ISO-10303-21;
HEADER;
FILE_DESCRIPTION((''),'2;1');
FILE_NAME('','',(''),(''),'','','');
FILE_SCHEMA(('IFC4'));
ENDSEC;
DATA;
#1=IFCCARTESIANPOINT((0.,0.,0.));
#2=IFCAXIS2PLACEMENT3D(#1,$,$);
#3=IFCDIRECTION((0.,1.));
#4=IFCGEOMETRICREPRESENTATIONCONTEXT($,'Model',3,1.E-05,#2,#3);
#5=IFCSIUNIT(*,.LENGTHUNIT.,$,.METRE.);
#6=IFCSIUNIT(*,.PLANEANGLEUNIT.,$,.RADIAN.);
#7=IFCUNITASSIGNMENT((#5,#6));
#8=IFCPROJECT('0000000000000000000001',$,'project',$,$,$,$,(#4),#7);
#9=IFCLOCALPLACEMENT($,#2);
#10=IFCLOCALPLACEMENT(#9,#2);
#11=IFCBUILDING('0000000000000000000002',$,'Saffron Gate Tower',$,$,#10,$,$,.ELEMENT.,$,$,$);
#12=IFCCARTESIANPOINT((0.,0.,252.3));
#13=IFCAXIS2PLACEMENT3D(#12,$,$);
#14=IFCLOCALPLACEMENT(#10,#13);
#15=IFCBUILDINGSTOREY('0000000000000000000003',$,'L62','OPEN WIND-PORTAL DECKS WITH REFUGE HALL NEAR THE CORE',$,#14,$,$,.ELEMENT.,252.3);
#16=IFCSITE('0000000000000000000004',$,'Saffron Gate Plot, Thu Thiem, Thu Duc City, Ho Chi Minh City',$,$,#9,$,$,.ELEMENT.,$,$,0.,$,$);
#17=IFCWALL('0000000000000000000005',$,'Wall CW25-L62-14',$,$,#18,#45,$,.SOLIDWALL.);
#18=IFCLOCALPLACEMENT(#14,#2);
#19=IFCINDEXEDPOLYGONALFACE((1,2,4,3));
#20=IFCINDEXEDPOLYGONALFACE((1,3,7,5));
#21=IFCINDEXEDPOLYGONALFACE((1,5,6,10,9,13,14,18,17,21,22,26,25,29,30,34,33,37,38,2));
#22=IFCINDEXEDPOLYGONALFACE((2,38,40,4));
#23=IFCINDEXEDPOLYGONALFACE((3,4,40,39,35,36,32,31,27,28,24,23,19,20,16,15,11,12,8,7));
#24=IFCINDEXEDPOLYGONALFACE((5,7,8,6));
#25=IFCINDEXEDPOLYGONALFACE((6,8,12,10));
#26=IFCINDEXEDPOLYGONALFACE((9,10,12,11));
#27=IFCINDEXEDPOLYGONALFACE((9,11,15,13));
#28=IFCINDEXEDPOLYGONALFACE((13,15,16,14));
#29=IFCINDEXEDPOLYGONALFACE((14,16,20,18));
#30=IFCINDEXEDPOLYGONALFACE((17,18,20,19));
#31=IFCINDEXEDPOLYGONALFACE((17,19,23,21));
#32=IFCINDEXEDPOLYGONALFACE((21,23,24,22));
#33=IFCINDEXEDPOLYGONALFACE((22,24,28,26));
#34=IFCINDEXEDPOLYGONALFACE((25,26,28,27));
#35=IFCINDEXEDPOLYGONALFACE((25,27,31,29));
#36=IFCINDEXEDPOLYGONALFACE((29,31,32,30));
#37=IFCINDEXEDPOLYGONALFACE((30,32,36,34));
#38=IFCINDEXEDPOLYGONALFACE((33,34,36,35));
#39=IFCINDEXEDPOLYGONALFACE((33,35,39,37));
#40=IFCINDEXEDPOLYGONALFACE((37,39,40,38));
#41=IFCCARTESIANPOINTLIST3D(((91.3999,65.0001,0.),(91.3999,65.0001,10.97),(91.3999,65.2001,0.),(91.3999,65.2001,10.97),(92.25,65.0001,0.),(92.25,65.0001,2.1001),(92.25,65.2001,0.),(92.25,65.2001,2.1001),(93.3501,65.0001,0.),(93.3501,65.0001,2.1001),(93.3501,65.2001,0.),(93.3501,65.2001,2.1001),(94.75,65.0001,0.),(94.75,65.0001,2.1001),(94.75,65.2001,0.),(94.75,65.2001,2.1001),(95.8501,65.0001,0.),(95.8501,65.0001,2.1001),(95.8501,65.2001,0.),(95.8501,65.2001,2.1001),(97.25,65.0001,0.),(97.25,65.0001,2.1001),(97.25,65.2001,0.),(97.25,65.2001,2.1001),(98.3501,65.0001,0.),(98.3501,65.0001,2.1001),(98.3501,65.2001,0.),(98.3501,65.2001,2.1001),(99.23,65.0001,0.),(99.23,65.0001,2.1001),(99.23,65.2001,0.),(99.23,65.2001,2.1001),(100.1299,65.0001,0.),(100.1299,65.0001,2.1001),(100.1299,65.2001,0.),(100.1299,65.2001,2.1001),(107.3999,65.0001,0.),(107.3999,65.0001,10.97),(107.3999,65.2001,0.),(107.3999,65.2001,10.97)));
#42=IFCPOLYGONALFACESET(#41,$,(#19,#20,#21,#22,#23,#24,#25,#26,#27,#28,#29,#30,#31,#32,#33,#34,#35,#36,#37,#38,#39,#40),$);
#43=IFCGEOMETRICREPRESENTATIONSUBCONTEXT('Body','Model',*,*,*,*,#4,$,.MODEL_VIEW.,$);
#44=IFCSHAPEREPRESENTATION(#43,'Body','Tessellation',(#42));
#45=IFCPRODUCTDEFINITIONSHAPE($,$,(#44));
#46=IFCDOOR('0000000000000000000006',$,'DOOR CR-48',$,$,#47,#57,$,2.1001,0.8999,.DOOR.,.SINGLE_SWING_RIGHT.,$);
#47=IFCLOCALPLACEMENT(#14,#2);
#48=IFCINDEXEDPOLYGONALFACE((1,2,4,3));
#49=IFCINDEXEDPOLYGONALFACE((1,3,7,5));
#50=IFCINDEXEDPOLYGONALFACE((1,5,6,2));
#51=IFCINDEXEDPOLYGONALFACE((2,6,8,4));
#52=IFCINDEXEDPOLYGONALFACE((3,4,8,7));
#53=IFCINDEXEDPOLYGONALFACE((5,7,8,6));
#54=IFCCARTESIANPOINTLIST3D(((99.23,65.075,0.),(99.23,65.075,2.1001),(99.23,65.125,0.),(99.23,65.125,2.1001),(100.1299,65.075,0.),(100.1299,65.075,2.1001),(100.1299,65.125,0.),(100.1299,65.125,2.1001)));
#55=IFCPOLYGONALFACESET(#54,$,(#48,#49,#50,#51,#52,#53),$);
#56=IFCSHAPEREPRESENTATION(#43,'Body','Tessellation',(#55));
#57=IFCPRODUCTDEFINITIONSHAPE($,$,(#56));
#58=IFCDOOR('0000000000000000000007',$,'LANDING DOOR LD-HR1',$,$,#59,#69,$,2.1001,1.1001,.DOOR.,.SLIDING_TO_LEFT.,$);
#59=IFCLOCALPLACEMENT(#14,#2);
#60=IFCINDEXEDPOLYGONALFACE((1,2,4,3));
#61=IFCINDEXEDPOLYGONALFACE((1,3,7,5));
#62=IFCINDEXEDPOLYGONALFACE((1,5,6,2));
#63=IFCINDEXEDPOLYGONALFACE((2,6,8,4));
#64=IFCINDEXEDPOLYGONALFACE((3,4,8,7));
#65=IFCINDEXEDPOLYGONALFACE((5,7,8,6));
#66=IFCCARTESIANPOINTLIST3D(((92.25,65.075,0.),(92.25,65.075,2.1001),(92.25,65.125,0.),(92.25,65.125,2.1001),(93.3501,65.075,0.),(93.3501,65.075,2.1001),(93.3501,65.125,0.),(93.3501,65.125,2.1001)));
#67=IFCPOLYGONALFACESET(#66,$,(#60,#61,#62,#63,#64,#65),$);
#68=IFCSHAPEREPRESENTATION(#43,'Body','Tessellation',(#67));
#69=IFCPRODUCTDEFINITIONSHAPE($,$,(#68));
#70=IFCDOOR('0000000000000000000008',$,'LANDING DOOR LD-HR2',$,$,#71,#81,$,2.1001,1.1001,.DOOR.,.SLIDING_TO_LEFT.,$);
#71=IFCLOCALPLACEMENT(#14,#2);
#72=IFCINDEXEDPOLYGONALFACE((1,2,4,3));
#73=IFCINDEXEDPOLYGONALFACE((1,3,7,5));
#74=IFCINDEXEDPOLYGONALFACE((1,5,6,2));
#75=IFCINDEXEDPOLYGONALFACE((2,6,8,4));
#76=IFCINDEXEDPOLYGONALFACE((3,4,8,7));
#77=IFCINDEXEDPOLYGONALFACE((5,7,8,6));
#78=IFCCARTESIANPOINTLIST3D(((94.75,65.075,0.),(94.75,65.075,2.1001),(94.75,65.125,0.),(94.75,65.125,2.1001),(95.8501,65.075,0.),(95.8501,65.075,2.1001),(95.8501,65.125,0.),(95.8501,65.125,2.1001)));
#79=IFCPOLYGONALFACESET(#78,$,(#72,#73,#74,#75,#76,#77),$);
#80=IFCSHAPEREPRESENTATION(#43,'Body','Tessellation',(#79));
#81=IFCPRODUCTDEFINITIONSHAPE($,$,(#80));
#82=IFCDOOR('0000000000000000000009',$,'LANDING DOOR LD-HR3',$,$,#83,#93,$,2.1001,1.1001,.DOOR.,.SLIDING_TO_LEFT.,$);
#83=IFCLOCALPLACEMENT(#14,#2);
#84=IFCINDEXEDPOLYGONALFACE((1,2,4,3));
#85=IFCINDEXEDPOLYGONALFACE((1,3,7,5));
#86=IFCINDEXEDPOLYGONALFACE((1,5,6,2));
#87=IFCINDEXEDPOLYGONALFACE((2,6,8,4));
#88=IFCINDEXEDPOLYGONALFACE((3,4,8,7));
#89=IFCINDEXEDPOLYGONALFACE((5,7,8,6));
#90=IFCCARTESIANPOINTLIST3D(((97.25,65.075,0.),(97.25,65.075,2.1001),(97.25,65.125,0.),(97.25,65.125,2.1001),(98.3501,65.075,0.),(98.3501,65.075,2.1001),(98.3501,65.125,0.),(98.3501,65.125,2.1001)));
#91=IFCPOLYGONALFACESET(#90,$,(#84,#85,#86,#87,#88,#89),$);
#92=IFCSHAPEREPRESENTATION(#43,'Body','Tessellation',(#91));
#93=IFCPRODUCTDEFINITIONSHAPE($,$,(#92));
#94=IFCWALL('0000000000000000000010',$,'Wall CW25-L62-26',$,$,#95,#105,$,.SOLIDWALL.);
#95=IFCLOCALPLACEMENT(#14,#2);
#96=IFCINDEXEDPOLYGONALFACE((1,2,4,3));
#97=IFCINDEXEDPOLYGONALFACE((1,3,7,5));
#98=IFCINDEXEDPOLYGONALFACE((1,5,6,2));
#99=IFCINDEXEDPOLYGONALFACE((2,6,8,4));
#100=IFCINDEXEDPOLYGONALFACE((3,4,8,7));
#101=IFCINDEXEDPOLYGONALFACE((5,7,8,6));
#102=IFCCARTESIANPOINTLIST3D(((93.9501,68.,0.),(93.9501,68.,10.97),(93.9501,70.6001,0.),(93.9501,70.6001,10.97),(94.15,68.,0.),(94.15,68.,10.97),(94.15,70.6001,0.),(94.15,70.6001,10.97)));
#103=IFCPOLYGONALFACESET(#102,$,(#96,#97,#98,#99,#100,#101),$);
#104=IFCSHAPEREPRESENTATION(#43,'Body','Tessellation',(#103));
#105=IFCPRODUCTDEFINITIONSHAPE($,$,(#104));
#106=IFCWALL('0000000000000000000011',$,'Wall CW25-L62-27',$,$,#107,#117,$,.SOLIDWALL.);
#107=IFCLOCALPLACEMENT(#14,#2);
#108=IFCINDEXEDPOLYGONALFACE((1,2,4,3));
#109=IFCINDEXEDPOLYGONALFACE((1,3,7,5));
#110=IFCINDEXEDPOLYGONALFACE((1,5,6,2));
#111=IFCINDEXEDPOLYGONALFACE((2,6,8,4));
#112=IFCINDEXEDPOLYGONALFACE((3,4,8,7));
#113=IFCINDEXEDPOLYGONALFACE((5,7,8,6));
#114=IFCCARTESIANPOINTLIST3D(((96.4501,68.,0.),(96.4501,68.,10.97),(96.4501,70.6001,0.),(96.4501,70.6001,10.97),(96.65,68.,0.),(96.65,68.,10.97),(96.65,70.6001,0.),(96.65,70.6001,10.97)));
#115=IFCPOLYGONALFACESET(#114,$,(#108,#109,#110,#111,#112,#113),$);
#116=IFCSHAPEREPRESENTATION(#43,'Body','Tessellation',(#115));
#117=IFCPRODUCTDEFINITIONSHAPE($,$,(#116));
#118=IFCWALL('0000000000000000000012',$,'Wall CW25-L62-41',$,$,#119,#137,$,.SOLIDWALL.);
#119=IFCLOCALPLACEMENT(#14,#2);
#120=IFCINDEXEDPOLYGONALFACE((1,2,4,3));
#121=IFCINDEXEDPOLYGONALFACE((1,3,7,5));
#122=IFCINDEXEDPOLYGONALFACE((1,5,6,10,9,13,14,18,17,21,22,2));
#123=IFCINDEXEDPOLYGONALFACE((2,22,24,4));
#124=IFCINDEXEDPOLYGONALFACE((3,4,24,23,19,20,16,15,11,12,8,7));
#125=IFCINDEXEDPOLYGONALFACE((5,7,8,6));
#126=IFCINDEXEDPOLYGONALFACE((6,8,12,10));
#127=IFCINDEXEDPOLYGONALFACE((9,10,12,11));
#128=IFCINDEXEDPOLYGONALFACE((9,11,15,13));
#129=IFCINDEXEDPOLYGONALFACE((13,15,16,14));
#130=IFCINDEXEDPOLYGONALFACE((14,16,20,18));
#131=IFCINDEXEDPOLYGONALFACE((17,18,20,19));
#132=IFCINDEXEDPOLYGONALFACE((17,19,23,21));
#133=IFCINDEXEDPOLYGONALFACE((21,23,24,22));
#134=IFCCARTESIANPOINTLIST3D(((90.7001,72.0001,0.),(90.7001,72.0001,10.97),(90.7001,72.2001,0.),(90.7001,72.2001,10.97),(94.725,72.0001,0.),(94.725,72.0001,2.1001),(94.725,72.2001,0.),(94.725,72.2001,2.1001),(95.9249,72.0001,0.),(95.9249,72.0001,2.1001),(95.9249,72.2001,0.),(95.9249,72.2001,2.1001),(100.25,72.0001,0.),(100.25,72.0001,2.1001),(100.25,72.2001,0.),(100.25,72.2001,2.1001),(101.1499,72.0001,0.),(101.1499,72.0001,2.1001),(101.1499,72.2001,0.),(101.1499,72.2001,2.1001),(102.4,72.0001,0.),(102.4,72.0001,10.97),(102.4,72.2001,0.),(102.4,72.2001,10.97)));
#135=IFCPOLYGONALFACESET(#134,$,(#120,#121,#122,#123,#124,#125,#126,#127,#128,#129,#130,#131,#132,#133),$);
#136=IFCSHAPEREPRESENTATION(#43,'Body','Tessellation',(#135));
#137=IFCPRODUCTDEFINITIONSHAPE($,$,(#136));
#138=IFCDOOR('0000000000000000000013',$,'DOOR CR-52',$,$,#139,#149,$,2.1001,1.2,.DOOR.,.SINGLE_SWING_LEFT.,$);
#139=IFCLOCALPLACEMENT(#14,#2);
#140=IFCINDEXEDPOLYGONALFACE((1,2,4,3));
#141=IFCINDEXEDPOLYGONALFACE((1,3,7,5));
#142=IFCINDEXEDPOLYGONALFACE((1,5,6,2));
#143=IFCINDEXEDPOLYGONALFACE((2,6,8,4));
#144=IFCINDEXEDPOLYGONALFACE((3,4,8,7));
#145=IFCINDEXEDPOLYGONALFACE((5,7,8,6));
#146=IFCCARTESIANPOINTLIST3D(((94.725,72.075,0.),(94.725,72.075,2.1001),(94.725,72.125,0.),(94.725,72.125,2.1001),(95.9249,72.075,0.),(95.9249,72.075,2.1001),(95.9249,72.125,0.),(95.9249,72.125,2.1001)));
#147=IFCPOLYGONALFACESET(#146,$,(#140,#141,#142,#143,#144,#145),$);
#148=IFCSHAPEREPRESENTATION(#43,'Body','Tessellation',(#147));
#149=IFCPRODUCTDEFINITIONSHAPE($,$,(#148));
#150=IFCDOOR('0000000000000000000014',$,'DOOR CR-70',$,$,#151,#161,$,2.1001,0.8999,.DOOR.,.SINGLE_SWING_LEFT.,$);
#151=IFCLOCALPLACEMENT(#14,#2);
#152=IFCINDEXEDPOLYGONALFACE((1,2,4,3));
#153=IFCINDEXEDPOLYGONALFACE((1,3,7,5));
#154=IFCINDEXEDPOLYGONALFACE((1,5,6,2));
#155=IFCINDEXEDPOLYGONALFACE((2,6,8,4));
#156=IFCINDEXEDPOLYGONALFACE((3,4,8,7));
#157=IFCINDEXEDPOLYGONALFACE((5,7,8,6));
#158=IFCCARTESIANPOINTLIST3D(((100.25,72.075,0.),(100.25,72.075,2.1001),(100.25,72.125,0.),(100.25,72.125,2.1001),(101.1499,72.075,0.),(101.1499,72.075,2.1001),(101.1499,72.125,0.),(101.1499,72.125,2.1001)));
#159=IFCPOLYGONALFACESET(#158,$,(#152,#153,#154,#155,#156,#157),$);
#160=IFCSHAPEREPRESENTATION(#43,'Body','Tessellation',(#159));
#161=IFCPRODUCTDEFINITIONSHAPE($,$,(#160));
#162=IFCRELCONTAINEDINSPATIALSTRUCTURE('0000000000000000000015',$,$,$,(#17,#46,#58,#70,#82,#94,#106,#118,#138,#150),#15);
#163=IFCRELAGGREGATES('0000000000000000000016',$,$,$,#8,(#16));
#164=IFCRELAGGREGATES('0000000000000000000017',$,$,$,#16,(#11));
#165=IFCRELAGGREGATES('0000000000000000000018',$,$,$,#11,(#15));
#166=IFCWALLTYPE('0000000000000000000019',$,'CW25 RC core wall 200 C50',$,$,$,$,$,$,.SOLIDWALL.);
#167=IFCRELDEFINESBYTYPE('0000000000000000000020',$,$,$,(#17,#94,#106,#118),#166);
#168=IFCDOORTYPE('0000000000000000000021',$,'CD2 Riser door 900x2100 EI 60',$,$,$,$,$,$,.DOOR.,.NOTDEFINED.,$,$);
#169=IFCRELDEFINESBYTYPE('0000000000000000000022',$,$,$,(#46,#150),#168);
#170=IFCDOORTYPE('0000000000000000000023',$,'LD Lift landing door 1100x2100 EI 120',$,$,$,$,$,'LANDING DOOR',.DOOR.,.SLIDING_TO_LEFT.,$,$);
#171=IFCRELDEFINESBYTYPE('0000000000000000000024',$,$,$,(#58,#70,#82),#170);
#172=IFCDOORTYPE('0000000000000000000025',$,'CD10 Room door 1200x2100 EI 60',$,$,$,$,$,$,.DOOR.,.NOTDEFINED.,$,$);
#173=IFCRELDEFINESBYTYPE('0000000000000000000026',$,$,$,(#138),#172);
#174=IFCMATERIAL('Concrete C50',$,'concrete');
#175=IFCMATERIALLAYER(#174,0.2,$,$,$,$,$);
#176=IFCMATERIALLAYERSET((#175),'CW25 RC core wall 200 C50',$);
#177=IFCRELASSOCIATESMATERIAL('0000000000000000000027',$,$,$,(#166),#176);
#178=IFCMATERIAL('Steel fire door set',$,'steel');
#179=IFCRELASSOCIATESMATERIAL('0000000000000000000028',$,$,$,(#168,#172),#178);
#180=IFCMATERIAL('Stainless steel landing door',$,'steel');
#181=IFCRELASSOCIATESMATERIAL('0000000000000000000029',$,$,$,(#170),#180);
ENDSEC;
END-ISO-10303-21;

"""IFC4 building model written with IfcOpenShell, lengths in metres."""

from ifc_helpers import new_model, si_unit, direction, frame, frame_2d, origin, place, context, subcontext, project, spatial, rectangle, extrude, material, layer, layer_set, type_object, element, fill, save


model = new_model("IFC4")

# Units and contexts
model_context = context("Model", 3, precision=1e-05, world=origin(), true_north=direction((0.0, 1.0)))
body_context = subcontext(model_context, "Body", "Model", "MODEL_VIEW")
ifc_project = project(units=[si_unit("LENGTHUNIT", "METRE"), si_unit("PLANEANGLEUNIT", "RADIAN")], contexts=[model_context])

# Site, building, storey
site_placement = place(None, origin())
site = spatial("IfcSite", under=ifc_project, at=site_placement, Name="Saffron Gate Plot, Thu Thiem, Thu Duc City, Ho Chi Minh City", CompositionType="ELEMENT", RefElevation=0.0)
building_placement = place(site_placement, origin())
building = spatial("IfcBuilding", under=site, at=building_placement, Name="Saffron Gate Tower", CompositionType="ELEMENT")
storey_placement = place(building_placement, frame((0.0, 0.0, 252.3)))
storey = spatial("IfcBuildingStorey", under=building, at=storey_placement, Name="L62", Description="OPEN WIND-PORTAL DECKS WITH REFUGE HALL NEAR THE CORE", CompositionType="ELEMENT", Elevation=252.3)

# Shared definitions
ifc_material_1 = material(Name="Concrete C50", Category="concrete")

# Shared definitions
ifc_material_2 = material(Name="Steel fire door set", Category="steel")

# Shared definitions
ifc_layer_1 = layer(ifc_material_1, 0.2)
ifc_layer_set_1 = layer_set([ifc_layer_1], Name="CW25 RC core wall 200 C50")
wall_type_1 = type_object("IfcWallType", Name="CW25 RC core wall 200 C50", PredefinedType="SOLIDWALL", material=ifc_layer_set_1)

# Wall, openings, doors
wall_1_placement = place(storey_placement, frame((91.3999, 65.1001, 0.0), z_axis=(0.0, 0.0, 1.0), x_axis=(1.0, 0.0, 0.0)))
wall_1 = element("IfcWall", 1, at=wall_1_placement, inside=storey, type_object=wall_type_1, Name="Wall CW25-L62-14", PredefinedType="SOLIDWALL", context=body_context, shape_type="SweptSolid", body=[
    extrude(rectangle(XDim=16.0, YDim=0.2, at=frame_2d((8.0, 0.0))), origin(), (0.0, 0.0, 1.0), 10.97),
])
opening_1_placement = place(wall_1_placement, frame((0.8501, 0.0, 0.0)))
opening_1 = element("IfcOpeningElement", 2, at=opening_1_placement, cuts=wall_1, PredefinedType="OPENING", context=body_context, shape_type="SweptSolid", body=[
    extrude(rectangle(XDim=1.1001, YDim=2.1001, at=frame_2d((0.55, 1.05))), frame((0.0, 0.1099, 0.0), z_axis=(0.0, -1.0, 0.0), x_axis=(1.0, 0.0, 0.0)), (0.0, 0.0, 1.0), 0.22),
])
opening_2_placement = place(wall_1_placement, frame((3.3501, 0.0, 0.0)))
opening_2 = element("IfcOpeningElement", 3, at=opening_2_placement, cuts=wall_1, PredefinedType="OPENING", context=body_context, shape_type="SweptSolid", body=[
    extrude(rectangle(XDim=1.1001, YDim=2.1001, at=frame_2d((0.55, 1.05))), frame((0.0, 0.1099, 0.0), z_axis=(0.0, -1.0, 0.0), x_axis=(1.0, 0.0, 0.0)), (0.0, 0.0, 1.0), 0.22),
])
opening_3_placement = place(wall_1_placement, frame((5.8501, 0.0, 0.0)))
opening_3 = element("IfcOpeningElement", 4, at=opening_3_placement, cuts=wall_1, PredefinedType="OPENING", context=body_context, shape_type="SweptSolid", body=[
    extrude(rectangle(XDim=1.1001, YDim=2.1001, at=frame_2d((0.55, 1.05))), frame((0.0, 0.1099, 0.0), z_axis=(0.0, -1.0, 0.0), x_axis=(1.0, 0.0, 0.0)), (0.0, 0.0, 1.0), 0.22),
])
opening_4_placement = place(wall_1_placement, frame((7.8301, 0.0, 0.0)))
opening_4 = element("IfcOpeningElement", 5, at=opening_4_placement, cuts=wall_1, PredefinedType="OPENING", context=body_context, shape_type="SweptSolid", body=[
    extrude(rectangle(XDim=0.8999, YDim=2.1001, at=frame_2d((0.45, 1.05))), frame((0.0, 0.1099, 0.0), z_axis=(0.0, -1.0, 0.0), x_axis=(1.0, 0.0, 0.0)), (0.0, 0.0, 1.0), 0.22),
])
door_type_1 = type_object("IfcDoorType", Name="CD2 Riser door 900x2100 EI 60", OperationType="NOTDEFINED", PredefinedType="DOOR", material=ifc_material_2)
door_1_placement = place(opening_4_placement, origin())
door_1 = element("IfcDoor", 6, at=door_1_placement, inside=storey, type_object=door_type_1, Name="DOOR CR-48", OperationType="SINGLE_SWING_RIGHT", OverallHeight=2.1001, OverallWidth=0.8999, PredefinedType="DOOR", context=body_context, shape_type="SweptSolid", body=[
    extrude(rectangle(XDim=0.8999, YDim=2.1001, at=frame_2d((0.45, 1.05))), frame((0.0, 0.0249, 0.0), z_axis=(0.0, -1.0, 0.0), x_axis=(1.0, 0.0, 0.0)), (0.0, 0.0, 1.0), 0.05),
])
fill(opening_4, door_1)
ifc_material_3 = material(Name="Stainless steel landing door", Category="steel")
door_type_2 = type_object("IfcDoorType", Name="LD Lift landing door 1100x2100 EI 120", ElementType="LANDING DOOR", OperationType="SLIDING_TO_LEFT", PredefinedType="DOOR", material=ifc_material_3)
door_2_placement = place(opening_1_placement, origin())
door_2 = element("IfcDoor", 7, at=door_2_placement, inside=storey, type_object=door_type_2, Name="LANDING DOOR LD-HR1", OperationType="SLIDING_TO_LEFT", OverallHeight=2.1001, OverallWidth=1.1001, PredefinedType="DOOR", context=body_context, shape_type="SweptSolid", body=[
    extrude(rectangle(XDim=1.1001, YDim=2.1001, at=frame_2d((0.55, 1.05))), frame((0.0, 0.0249, 0.0), z_axis=(0.0, -1.0, 0.0), x_axis=(1.0, 0.0, 0.0)), (0.0, 0.0, 1.0), 0.05),
])
fill(opening_1, door_2)
door_3_placement = place(opening_2_placement, origin())
door_3 = element("IfcDoor", 8, at=door_3_placement, inside=storey, type_object=door_type_2, Name="LANDING DOOR LD-HR2", OperationType="SLIDING_TO_LEFT", OverallHeight=2.1001, OverallWidth=1.1001, PredefinedType="DOOR", context=body_context, shape_type="SweptSolid", body=[
    extrude(rectangle(XDim=1.1001, YDim=2.1001, at=frame_2d((0.55, 1.05))), frame((0.0, 0.0249, 0.0), z_axis=(0.0, -1.0, 0.0), x_axis=(1.0, 0.0, 0.0)), (0.0, 0.0, 1.0), 0.05),
])
fill(opening_2, door_3)
door_4_placement = place(opening_3_placement, origin())
door_4 = element("IfcDoor", 9, at=door_4_placement, inside=storey, type_object=door_type_2, Name="LANDING DOOR LD-HR3", OperationType="SLIDING_TO_LEFT", OverallHeight=2.1001, OverallWidth=1.1001, PredefinedType="DOOR", context=body_context, shape_type="SweptSolid", body=[
    extrude(rectangle(XDim=1.1001, YDim=2.1001, at=frame_2d((0.55, 1.05))), frame((0.0, 0.0249, 0.0), z_axis=(0.0, -1.0, 0.0), x_axis=(1.0, 0.0, 0.0)), (0.0, 0.0, 1.0), 0.05),
])
fill(opening_3, door_4)

# Walls
for number, where, z_axis, x_axis, name in (
    (10, (94.05, 68.0, 0.0), (0.0, 0.0, 1.0), (0.0, 1.0, 0.0), "Wall CW25-L62-26"),
    (11, (96.55, 68.0, 0.0), (0.0, 0.0, 1.0), (0.0, 1.0, 0.0), "Wall CW25-L62-27"),
):
    element("IfcWall", number, at=place(storey_placement, frame(where, z_axis=z_axis, x_axis=x_axis)), inside=storey, type_object=wall_type_1, Name=name, PredefinedType="SOLIDWALL", context=body_context, shape_type="SweptSolid", body=[
        extrude(rectangle(XDim=2.6001, YDim=0.2, at=frame_2d((1.3, 0.0))), origin(), (0.0, 0.0, 1.0), 10.97),
    ])

# Wall, openings, doors
wall_2_placement = place(storey_placement, frame((90.7, 72.1001, 0.0), z_axis=(0.0, 0.0, 1.0), x_axis=(1.0, 0.0, 0.0)))
wall_2 = element("IfcWall", 12, at=wall_2_placement, inside=storey, type_object=wall_type_1, Name="Wall CW25-L62-41", PredefinedType="SOLIDWALL", context=body_context, shape_type="SweptSolid", body=[
    extrude(rectangle(XDim=11.7, YDim=0.2, at=frame_2d((5.8501, 0.0))), origin(), (0.0, 0.0, 1.0), 10.97),
])
opening_5_placement = place(wall_2_placement, frame((4.0249, 0.0, 0.0)))
opening_5 = element("IfcOpeningElement", 13, at=opening_5_placement, cuts=wall_2, PredefinedType="OPENING", context=body_context, shape_type="SweptSolid", body=[
    extrude(rectangle(XDim=1.2, YDim=2.1001, at=frame_2d((0.6001, 1.05))), frame((0.0, 0.1099, 0.0), z_axis=(0.0, -1.0, 0.0), x_axis=(1.0, 0.0, 0.0)), (0.0, 0.0, 1.0), 0.22),
])
opening_6_placement = place(wall_2_placement, frame((9.55, 0.0, 0.0)))
opening_6 = element("IfcOpeningElement", 14, at=opening_6_placement, cuts=wall_2, PredefinedType="OPENING", context=body_context, shape_type="SweptSolid", body=[
    extrude(rectangle(XDim=0.8999, YDim=2.1001, at=frame_2d((0.45, 1.05))), frame((0.0, 0.1099, 0.0), z_axis=(0.0, -1.0, 0.0), x_axis=(1.0, 0.0, 0.0)), (0.0, 0.0, 1.0), 0.22),
])
door_type_3 = type_object("IfcDoorType", Name="CD10 Room door 1200x2100 EI 60", OperationType="NOTDEFINED", PredefinedType="DOOR", material=ifc_material_2)
door_5_placement = place(opening_5_placement, origin())
door_5 = element("IfcDoor", 15, at=door_5_placement, inside=storey, type_object=door_type_3, Name="DOOR CR-52", OperationType="SINGLE_SWING_LEFT", OverallHeight=2.1001, OverallWidth=1.2, PredefinedType="DOOR", context=body_context, shape_type="SweptSolid", body=[
    extrude(rectangle(XDim=1.2, YDim=2.1001, at=frame_2d((0.6001, 1.05))), frame((0.0, 0.0249, 0.0), z_axis=(0.0, -1.0, 0.0), x_axis=(1.0, 0.0, 0.0)), (0.0, 0.0, 1.0), 0.05),
])
fill(opening_5, door_5)
door_6_placement = place(opening_6_placement, origin())
door_6 = element("IfcDoor", 16, at=door_6_placement, inside=storey, type_object=door_type_1, Name="DOOR CR-70", OperationType="SINGLE_SWING_LEFT", OverallHeight=2.1001, OverallWidth=0.8999, PredefinedType="DOOR", context=body_context, shape_type="SweptSolid", body=[
    extrude(rectangle(XDim=0.8999, YDim=2.1001, at=frame_2d((0.45, 1.05))), frame((0.0, 0.0249, 0.0), z_axis=(0.0, -1.0, 0.0), x_axis=(1.0, 0.0, 0.0)), (0.0, 0.0, 1.0), 0.05),
])
fill(opening_6, door_6)

save(model, "model.ifc")
